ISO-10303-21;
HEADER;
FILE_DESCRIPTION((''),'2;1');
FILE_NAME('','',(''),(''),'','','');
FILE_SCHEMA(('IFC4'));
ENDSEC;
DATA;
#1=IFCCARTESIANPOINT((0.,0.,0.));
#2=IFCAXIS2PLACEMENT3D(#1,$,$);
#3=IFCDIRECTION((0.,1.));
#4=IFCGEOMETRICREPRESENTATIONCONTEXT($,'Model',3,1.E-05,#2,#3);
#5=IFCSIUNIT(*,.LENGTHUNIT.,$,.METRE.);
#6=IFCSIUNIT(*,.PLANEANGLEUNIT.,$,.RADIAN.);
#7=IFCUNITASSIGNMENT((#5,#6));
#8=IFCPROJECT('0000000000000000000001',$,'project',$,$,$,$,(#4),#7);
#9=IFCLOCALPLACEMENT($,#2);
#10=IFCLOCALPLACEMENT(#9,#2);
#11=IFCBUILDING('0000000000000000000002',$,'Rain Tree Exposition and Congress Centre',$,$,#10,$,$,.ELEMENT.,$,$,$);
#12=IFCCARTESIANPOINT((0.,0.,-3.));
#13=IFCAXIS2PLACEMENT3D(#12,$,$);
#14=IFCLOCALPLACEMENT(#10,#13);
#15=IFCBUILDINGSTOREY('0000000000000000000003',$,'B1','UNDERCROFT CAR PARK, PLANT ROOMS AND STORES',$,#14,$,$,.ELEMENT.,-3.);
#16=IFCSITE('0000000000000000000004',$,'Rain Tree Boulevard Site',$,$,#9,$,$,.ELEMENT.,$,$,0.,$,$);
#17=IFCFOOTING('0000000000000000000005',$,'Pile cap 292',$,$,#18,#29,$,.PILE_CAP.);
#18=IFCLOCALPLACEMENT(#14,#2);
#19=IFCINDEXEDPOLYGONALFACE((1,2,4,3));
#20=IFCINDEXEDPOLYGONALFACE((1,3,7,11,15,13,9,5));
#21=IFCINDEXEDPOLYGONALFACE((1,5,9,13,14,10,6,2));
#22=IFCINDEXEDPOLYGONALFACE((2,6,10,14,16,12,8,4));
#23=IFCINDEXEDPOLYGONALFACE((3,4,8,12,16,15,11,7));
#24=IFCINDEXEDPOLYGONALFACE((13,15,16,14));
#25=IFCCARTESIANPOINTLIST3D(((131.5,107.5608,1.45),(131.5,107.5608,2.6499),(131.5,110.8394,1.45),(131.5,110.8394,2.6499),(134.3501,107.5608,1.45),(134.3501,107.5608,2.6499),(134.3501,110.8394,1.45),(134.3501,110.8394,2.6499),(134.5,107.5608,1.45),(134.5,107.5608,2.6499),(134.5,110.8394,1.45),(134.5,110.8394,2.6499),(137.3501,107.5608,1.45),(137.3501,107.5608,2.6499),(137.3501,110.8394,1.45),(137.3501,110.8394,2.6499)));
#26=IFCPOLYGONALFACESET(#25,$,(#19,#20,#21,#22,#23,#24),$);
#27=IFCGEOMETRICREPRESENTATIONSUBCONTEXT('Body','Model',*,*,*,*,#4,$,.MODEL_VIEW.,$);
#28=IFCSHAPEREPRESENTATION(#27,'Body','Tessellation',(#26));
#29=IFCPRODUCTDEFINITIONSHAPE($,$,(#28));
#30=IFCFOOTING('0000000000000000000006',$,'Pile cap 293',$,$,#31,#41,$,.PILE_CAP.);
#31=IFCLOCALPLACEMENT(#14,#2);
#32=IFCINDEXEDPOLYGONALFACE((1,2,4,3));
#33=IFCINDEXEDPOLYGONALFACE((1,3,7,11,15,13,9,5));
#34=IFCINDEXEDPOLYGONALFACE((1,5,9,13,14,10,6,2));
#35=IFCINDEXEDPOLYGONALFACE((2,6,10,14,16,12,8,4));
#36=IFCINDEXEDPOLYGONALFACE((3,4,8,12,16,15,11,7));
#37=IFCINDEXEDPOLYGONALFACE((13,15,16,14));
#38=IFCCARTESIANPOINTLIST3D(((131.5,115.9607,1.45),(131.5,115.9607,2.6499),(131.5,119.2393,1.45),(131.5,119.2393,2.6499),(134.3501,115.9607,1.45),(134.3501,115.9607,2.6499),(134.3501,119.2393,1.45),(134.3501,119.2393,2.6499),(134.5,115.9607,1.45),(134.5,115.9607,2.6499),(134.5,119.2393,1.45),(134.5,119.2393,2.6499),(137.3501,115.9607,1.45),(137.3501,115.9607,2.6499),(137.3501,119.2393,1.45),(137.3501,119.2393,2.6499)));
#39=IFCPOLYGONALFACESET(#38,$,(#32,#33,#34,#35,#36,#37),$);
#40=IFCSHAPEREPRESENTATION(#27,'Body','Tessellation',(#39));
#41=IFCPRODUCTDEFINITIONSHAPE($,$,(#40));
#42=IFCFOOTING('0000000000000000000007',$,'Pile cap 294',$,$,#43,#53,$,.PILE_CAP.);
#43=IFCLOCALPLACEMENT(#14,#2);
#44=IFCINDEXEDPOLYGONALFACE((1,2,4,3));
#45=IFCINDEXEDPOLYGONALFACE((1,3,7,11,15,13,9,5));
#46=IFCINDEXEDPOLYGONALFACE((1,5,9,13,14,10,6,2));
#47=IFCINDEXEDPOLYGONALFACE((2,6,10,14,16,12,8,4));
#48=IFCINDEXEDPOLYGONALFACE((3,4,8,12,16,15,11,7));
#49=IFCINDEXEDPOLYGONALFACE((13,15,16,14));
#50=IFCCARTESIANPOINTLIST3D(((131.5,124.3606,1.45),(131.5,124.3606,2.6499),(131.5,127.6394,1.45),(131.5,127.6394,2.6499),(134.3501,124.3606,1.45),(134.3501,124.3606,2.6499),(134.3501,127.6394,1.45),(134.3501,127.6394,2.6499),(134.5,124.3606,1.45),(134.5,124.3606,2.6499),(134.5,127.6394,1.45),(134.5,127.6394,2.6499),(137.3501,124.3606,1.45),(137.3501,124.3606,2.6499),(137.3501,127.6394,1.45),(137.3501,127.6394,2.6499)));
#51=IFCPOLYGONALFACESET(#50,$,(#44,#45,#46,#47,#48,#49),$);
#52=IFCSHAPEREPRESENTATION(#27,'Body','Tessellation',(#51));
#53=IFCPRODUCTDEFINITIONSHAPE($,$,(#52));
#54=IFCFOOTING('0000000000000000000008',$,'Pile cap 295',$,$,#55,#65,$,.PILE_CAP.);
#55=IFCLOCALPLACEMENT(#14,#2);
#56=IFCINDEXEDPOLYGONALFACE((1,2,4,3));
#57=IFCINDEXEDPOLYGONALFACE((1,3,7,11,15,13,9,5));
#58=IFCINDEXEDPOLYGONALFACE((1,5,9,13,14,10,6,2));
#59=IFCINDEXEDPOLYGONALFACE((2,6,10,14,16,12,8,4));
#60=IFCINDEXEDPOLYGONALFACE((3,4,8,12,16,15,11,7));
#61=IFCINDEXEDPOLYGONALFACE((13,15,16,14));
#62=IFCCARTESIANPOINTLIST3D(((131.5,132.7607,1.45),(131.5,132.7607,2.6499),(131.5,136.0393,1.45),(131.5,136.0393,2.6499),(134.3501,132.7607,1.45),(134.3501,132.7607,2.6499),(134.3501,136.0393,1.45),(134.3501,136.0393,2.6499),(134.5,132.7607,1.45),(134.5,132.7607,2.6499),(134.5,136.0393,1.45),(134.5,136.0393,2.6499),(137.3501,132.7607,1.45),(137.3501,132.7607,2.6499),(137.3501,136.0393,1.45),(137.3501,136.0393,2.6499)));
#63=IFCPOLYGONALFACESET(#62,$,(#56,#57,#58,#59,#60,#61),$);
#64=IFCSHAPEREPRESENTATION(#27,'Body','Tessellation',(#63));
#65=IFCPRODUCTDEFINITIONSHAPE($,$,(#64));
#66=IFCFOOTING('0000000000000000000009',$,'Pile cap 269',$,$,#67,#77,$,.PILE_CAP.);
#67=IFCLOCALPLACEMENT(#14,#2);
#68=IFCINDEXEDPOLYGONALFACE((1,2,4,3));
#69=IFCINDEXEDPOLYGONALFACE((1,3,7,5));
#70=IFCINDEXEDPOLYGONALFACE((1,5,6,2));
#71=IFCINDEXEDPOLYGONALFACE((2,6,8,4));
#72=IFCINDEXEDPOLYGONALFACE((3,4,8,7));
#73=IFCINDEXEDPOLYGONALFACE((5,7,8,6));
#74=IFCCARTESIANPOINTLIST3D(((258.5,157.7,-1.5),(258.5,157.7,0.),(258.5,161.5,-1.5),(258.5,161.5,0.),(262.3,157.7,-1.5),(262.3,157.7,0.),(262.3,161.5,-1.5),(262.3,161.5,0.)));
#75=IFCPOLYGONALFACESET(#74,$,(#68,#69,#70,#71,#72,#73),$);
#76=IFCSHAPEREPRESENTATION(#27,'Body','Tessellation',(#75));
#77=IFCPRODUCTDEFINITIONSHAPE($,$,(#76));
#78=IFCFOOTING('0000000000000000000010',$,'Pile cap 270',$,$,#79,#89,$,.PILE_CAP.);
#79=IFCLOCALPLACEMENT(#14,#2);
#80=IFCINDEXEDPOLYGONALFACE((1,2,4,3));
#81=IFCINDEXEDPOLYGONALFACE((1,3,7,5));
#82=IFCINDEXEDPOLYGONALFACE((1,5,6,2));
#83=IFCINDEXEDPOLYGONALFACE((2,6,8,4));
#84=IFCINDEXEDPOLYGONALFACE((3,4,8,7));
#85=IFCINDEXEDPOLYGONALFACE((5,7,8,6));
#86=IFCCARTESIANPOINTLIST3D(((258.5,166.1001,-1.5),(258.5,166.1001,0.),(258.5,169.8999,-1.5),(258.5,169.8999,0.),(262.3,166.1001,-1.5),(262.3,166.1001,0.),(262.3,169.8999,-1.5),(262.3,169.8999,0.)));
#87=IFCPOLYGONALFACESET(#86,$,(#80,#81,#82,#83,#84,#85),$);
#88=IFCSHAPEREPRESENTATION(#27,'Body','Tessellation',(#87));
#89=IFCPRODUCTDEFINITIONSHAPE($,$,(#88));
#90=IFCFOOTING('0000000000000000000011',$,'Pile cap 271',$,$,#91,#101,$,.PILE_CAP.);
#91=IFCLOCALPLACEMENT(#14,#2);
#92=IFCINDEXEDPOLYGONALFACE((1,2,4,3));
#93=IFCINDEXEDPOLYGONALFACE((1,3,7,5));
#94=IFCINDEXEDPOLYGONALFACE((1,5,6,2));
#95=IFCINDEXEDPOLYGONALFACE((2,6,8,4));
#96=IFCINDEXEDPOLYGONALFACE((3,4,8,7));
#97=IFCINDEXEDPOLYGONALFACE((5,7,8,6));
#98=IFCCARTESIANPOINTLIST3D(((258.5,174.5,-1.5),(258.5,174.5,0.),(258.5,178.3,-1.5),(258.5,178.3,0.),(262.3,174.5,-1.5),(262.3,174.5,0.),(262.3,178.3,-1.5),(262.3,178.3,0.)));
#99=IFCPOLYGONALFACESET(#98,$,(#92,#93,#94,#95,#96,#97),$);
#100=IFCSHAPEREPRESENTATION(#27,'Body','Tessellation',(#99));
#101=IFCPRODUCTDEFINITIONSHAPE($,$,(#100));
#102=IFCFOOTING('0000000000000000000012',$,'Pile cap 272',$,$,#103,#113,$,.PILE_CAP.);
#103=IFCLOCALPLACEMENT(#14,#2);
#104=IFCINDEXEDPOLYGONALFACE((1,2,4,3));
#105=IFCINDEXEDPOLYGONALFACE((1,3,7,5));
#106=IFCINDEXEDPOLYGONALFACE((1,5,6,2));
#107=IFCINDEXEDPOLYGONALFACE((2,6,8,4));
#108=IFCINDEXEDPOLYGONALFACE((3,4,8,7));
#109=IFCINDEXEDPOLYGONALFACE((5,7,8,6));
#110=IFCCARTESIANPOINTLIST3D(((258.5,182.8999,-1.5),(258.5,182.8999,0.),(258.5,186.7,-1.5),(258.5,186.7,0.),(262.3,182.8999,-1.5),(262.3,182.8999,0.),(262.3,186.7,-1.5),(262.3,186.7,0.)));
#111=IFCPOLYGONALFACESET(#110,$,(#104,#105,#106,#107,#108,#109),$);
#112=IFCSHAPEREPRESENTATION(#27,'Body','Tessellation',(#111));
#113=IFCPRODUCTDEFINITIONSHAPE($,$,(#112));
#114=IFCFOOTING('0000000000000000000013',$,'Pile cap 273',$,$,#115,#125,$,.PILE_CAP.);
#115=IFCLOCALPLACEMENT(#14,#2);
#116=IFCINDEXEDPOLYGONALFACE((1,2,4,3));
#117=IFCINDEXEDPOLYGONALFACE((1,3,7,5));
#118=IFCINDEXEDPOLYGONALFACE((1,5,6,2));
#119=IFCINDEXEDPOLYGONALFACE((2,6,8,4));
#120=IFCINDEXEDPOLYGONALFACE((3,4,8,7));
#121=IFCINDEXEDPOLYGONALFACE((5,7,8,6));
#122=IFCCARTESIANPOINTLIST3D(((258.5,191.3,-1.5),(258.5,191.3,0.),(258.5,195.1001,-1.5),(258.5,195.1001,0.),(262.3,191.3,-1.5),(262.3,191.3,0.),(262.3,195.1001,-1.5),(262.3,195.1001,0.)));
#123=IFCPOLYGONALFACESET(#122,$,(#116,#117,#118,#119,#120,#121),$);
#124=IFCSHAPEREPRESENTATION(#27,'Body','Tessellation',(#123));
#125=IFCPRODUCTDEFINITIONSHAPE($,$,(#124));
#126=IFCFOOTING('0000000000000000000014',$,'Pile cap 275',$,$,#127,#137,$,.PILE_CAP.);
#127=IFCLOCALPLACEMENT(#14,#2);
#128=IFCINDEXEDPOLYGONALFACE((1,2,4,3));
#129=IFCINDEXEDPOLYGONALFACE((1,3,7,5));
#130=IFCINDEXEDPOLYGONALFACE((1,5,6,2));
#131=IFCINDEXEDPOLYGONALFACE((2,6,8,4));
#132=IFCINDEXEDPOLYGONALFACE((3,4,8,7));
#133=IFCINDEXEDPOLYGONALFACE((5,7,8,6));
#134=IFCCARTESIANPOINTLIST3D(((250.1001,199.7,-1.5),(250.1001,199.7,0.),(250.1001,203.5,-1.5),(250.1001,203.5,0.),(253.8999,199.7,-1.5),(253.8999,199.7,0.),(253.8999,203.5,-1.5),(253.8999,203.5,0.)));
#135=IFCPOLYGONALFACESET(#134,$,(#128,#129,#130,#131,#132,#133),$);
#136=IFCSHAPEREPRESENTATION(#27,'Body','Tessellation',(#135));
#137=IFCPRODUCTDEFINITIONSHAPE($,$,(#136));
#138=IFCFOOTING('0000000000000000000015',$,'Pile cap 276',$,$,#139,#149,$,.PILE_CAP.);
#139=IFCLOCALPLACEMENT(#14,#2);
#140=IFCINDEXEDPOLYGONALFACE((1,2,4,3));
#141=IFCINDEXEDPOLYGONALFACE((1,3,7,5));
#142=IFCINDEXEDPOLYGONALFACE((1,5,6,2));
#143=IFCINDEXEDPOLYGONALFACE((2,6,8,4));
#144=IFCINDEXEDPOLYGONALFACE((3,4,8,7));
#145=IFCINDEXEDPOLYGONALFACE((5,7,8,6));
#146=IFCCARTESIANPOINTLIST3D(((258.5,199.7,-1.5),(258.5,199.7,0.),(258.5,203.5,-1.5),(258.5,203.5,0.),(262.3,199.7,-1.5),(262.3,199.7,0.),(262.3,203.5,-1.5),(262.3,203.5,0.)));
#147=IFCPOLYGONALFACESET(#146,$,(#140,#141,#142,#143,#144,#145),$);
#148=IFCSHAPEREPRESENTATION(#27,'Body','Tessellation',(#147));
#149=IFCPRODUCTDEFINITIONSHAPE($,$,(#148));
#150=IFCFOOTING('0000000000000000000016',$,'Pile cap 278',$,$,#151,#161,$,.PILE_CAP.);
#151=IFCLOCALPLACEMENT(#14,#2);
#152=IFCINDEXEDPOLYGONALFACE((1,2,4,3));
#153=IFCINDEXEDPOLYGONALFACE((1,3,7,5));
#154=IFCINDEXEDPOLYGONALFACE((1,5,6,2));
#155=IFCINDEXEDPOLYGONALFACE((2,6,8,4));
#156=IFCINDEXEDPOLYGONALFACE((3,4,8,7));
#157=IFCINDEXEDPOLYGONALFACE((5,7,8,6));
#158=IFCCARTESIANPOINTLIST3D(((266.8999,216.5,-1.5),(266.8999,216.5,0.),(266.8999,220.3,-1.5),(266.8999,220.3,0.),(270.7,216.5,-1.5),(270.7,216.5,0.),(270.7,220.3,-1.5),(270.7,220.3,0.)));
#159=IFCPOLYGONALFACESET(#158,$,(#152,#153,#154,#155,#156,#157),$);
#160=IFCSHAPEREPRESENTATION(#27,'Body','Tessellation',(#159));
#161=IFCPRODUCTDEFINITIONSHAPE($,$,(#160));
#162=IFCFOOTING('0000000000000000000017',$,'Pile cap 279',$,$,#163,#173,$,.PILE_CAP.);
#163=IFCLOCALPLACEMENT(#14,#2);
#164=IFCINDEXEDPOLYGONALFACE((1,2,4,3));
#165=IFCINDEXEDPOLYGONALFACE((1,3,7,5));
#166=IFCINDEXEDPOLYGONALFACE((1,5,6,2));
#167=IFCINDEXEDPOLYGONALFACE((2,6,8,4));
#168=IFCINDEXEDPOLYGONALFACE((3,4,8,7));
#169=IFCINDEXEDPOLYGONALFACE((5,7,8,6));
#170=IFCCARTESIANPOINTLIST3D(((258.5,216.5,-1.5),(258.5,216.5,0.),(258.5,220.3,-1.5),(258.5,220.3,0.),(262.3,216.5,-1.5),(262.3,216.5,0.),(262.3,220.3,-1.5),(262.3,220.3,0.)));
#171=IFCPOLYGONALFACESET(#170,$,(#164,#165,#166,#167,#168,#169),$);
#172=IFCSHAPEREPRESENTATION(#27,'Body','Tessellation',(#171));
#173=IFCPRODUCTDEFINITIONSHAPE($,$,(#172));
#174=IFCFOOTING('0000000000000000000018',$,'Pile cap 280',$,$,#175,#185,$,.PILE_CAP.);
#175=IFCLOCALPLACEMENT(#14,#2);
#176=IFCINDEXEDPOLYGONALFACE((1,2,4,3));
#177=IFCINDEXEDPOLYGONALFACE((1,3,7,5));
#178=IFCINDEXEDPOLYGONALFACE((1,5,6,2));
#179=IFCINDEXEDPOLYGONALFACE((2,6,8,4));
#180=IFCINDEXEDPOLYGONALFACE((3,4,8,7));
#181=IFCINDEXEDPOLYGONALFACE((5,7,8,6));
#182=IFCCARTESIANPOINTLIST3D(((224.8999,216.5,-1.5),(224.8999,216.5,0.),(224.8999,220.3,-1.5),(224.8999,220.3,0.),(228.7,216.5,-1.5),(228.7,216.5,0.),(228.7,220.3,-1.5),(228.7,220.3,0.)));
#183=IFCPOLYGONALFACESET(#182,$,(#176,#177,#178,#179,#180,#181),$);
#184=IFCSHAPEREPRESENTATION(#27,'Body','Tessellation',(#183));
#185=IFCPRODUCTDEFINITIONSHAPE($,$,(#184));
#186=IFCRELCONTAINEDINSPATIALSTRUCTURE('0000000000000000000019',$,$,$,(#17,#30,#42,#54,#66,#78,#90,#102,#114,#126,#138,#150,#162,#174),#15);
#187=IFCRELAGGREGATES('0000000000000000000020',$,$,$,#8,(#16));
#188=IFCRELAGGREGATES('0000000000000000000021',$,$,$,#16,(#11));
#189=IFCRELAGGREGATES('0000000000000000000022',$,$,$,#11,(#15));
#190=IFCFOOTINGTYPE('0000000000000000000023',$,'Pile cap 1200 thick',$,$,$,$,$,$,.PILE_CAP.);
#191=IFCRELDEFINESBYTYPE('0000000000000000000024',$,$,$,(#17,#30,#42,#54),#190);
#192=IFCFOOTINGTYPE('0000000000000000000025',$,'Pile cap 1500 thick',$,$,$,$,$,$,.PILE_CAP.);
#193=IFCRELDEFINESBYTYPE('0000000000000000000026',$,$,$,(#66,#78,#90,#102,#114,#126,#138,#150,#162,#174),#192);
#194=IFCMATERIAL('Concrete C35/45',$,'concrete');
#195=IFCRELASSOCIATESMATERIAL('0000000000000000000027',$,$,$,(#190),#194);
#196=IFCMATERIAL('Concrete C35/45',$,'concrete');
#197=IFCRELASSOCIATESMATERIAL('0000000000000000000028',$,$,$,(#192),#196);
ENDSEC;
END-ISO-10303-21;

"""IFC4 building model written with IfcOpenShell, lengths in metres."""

from ifc_helpers import new_model, si_unit, direction, frame, origin, place, context, subcontext, project, spatial, polyline, outline, extrude, material, type_object, element, save


model = new_model("IFC4")

# Units and contexts
model_context = context("Model", 3, precision=1e-05, world=origin(), true_north=direction((0.0, 1.0)))
body_context = subcontext(model_context, "Body", "Model", "MODEL_VIEW")
ifc_project = project(units=[si_unit("LENGTHUNIT", "METRE"), si_unit("PLANEANGLEUNIT", "RADIAN")], contexts=[model_context])

# Site, building, storey
site_placement = place(None, origin())
site = spatial("IfcSite", under=ifc_project, at=site_placement, Name="Rain Tree Boulevard Site", CompositionType="ELEMENT", RefElevation=0.0)
building_placement = place(site_placement, origin())
building = spatial("IfcBuilding", under=site, at=building_placement, Name="Rain Tree Exposition and Congress Centre", CompositionType="ELEMENT")
storey_placement = place(building_placement, frame((0.0, 0.0, -3.0)))
storey = spatial("IfcBuildingStorey", under=building, at=storey_placement, Name="B1", Description="UNDERCROFT CAR PARK, PLANT ROOMS AND STORES", CompositionType="ELEMENT", Elevation=-3.0)

# Footings
ifc_material_1 = material(Name="Concrete C35/45", Category="concrete")
footing_type_1 = type_object("IfcFootingType", Name="Pile cap 1200 thick", PredefinedType="PILE_CAP", material=ifc_material_1)
footing_1_placement = place(storey_placement, frame((0.0, 0.0, 1.45)))
element("IfcFooting", 1, at=footing_1_placement, inside=storey, type_object=footing_type_1, Name="Pile cap 292", PredefinedType="PILE_CAP", context=body_context, shape_type="SweptSolid", body=[
    extrude(outline(polyline([(134.5, 110.8394), (134.3501, 110.8394), (131.5, 110.8394), (131.5, 107.5608), (134.3501, 107.5608), (134.5, 107.5608), (137.3501, 107.5608), (137.3501, 110.8394), (134.5, 110.8394)])), origin(), (0.0, 0.0, 1.0), 1.2),
])
footing_2_placement = place(storey_placement, frame((0.0, 0.0, 1.45)))
element("IfcFooting", 2, at=footing_2_placement, inside=storey, type_object=footing_type_1, Name="Pile cap 293", PredefinedType="PILE_CAP", context=body_context, shape_type="SweptSolid", body=[
    extrude(outline(polyline([(134.5, 119.2393), (134.3501, 119.2393), (131.5, 119.2393), (131.5, 115.9607), (134.3501, 115.9607), (134.5, 115.9607), (137.3501, 115.9607), (137.3501, 119.2393), (134.5, 119.2393)])), origin(), (0.0, 0.0, 1.0), 1.2),
])
footing_3_placement = place(storey_placement, frame((0.0, 0.0, 1.45)))
element("IfcFooting", 3, at=footing_3_placement, inside=storey, type_object=footing_type_1, Name="Pile cap 294", PredefinedType="PILE_CAP", context=body_context, shape_type="SweptSolid", body=[
    extrude(outline(polyline([(134.5, 127.6394), (134.3501, 127.6394), (131.5, 127.6394), (131.5, 124.3606), (134.3501, 124.3606), (134.5, 124.3606), (137.3501, 124.3606), (137.3501, 127.6394), (134.5, 127.6394)])), origin(), (0.0, 0.0, 1.0), 1.2),
])
footing_4_placement = place(storey_placement, frame((0.0, 0.0, 1.45)))
element("IfcFooting", 4, at=footing_4_placement, inside=storey, type_object=footing_type_1, Name="Pile cap 295", PredefinedType="PILE_CAP", context=body_context, shape_type="SweptSolid", body=[
    extrude(outline(polyline([(134.5, 136.0393), (134.3501, 136.0393), (131.5, 136.0393), (131.5, 132.7607), (134.3501, 132.7607), (134.5, 132.7607), (137.3501, 132.7607), (137.3501, 136.0393), (134.5, 136.0393)])), origin(), (0.0, 0.0, 1.0), 1.2),
])
ifc_material_2 = material(Name="Concrete C35/45", Category="concrete")
footing_type_2 = type_object("IfcFootingType", Name="Pile cap 1500 thick", PredefinedType="PILE_CAP", material=ifc_material_2)
footing_5_placement = place(storey_placement, frame((0.0, 0.0, -1.5)))
element("IfcFooting", 5, at=footing_5_placement, inside=storey, type_object=footing_type_2, Name="Pile cap 269", PredefinedType="PILE_CAP", context=body_context, shape_type="SweptSolid", body=[
    extrude(outline(polyline([(262.3, 157.7), (262.3, 161.5), (258.5, 161.5), (258.5, 157.7), (262.3, 157.7)])), origin(), (0.0, 0.0, 1.0), 1.5),
])
footing_6_placement = place(storey_placement, frame((0.0, 0.0, -1.5)))
element("IfcFooting", 6, at=footing_6_placement, inside=storey, type_object=footing_type_2, Name="Pile cap 270", PredefinedType="PILE_CAP", context=body_context, shape_type="SweptSolid", body=[
    extrude(outline(polyline([(262.3, 166.1001), (262.3, 169.8999), (258.5, 169.8999), (258.5, 166.1001), (262.3, 166.1001)])), origin(), (0.0, 0.0, 1.0), 1.5),
])
footing_7_placement = place(storey_placement, frame((0.0, 0.0, -1.5)))
element("IfcFooting", 7, at=footing_7_placement, inside=storey, type_object=footing_type_2, Name="Pile cap 271", PredefinedType="PILE_CAP", context=body_context, shape_type="SweptSolid", body=[
    extrude(outline(polyline([(262.3, 174.5), (262.3, 178.3), (258.5, 178.3), (258.5, 174.5), (262.3, 174.5)])), origin(), (0.0, 0.0, 1.0), 1.5),
])
footing_8_placement = place(storey_placement, frame((0.0, 0.0, -1.5)))
element("IfcFooting", 8, at=footing_8_placement, inside=storey, type_object=footing_type_2, Name="Pile cap 272", PredefinedType="PILE_CAP", context=body_context, shape_type="SweptSolid", body=[
    extrude(outline(polyline([(262.3, 182.8999), (262.3, 186.7), (258.5, 186.7), (258.5, 182.8999), (262.3, 182.8999)])), origin(), (0.0, 0.0, 1.0), 1.5),
])
footing_9_placement = place(storey_placement, frame((0.0, 0.0, -1.5)))
element("IfcFooting", 9, at=footing_9_placement, inside=storey, type_object=footing_type_2, Name="Pile cap 273", PredefinedType="PILE_CAP", context=body_context, shape_type="SweptSolid", body=[
    extrude(outline(polyline([(262.3, 191.3), (262.3, 195.1001), (258.5, 195.1001), (258.5, 191.3), (262.3, 191.3)])), origin(), (0.0, 0.0, 1.0), 1.5),
])
footing_10_placement = place(storey_placement, frame((0.0, 0.0, -1.5)))
element("IfcFooting", 10, at=footing_10_placement, inside=storey, type_object=footing_type_2, Name="Pile cap 275", PredefinedType="PILE_CAP", context=body_context, shape_type="SweptSolid", body=[
    extrude(outline(polyline([(253.8999, 199.7), (253.8999, 203.5), (250.1001, 203.5), (250.1001, 199.7), (253.8999, 199.7)])), origin(), (0.0, 0.0, 1.0), 1.5),
])
footing_11_placement = place(storey_placement, frame((0.0, 0.0, -1.5)))
element("IfcFooting", 11, at=footing_11_placement, inside=storey, type_object=footing_type_2, Name="Pile cap 276", PredefinedType="PILE_CAP", context=body_context, shape_type="SweptSolid", body=[
    extrude(outline(polyline([(262.3, 199.7), (262.3, 203.5), (258.5, 203.5), (258.5, 199.7), (262.3, 199.7)])), origin(), (0.0, 0.0, 1.0), 1.5),
])
footing_12_placement = place(storey_placement, frame((0.0, 0.0, -1.5)))
element("IfcFooting", 12, at=footing_12_placement, inside=storey, type_object=footing_type_2, Name="Pile cap 278", PredefinedType="PILE_CAP", context=body_context, shape_type="SweptSolid", body=[
    extrude(outline(polyline([(270.7, 216.5), (270.7, 220.3), (266.8999, 220.3), (266.8999, 216.5), (270.7, 216.5)])), origin(), (0.0, 0.0, 1.0), 1.5),
])
footing_13_placement = place(storey_placement, frame((0.0, 0.0, -1.5)))
element("IfcFooting", 13, at=footing_13_placement, inside=storey, type_object=footing_type_2, Name="Pile cap 279", PredefinedType="PILE_CAP", context=body_context, shape_type="SweptSolid", body=[
    extrude(outline(polyline([(262.3, 216.5), (262.3, 220.3), (258.5, 220.3), (258.5, 216.5), (262.3, 216.5)])), origin(), (0.0, 0.0, 1.0), 1.5),
])
footing_14_placement = place(storey_placement, frame((0.0, 0.0, -1.5)))
element("IfcFooting", 14, at=footing_14_placement, inside=storey, type_object=footing_type_2, Name="Pile cap 280", PredefinedType="PILE_CAP", context=body_context, shape_type="SweptSolid", body=[
    extrude(outline(polyline([(228.7, 216.5), (228.7, 220.3), (224.8999, 220.3), (224.8999, 216.5), (228.7, 216.5)])), origin(), (0.0, 0.0, 1.0), 1.5),
])

save(model, "model.ifc")
